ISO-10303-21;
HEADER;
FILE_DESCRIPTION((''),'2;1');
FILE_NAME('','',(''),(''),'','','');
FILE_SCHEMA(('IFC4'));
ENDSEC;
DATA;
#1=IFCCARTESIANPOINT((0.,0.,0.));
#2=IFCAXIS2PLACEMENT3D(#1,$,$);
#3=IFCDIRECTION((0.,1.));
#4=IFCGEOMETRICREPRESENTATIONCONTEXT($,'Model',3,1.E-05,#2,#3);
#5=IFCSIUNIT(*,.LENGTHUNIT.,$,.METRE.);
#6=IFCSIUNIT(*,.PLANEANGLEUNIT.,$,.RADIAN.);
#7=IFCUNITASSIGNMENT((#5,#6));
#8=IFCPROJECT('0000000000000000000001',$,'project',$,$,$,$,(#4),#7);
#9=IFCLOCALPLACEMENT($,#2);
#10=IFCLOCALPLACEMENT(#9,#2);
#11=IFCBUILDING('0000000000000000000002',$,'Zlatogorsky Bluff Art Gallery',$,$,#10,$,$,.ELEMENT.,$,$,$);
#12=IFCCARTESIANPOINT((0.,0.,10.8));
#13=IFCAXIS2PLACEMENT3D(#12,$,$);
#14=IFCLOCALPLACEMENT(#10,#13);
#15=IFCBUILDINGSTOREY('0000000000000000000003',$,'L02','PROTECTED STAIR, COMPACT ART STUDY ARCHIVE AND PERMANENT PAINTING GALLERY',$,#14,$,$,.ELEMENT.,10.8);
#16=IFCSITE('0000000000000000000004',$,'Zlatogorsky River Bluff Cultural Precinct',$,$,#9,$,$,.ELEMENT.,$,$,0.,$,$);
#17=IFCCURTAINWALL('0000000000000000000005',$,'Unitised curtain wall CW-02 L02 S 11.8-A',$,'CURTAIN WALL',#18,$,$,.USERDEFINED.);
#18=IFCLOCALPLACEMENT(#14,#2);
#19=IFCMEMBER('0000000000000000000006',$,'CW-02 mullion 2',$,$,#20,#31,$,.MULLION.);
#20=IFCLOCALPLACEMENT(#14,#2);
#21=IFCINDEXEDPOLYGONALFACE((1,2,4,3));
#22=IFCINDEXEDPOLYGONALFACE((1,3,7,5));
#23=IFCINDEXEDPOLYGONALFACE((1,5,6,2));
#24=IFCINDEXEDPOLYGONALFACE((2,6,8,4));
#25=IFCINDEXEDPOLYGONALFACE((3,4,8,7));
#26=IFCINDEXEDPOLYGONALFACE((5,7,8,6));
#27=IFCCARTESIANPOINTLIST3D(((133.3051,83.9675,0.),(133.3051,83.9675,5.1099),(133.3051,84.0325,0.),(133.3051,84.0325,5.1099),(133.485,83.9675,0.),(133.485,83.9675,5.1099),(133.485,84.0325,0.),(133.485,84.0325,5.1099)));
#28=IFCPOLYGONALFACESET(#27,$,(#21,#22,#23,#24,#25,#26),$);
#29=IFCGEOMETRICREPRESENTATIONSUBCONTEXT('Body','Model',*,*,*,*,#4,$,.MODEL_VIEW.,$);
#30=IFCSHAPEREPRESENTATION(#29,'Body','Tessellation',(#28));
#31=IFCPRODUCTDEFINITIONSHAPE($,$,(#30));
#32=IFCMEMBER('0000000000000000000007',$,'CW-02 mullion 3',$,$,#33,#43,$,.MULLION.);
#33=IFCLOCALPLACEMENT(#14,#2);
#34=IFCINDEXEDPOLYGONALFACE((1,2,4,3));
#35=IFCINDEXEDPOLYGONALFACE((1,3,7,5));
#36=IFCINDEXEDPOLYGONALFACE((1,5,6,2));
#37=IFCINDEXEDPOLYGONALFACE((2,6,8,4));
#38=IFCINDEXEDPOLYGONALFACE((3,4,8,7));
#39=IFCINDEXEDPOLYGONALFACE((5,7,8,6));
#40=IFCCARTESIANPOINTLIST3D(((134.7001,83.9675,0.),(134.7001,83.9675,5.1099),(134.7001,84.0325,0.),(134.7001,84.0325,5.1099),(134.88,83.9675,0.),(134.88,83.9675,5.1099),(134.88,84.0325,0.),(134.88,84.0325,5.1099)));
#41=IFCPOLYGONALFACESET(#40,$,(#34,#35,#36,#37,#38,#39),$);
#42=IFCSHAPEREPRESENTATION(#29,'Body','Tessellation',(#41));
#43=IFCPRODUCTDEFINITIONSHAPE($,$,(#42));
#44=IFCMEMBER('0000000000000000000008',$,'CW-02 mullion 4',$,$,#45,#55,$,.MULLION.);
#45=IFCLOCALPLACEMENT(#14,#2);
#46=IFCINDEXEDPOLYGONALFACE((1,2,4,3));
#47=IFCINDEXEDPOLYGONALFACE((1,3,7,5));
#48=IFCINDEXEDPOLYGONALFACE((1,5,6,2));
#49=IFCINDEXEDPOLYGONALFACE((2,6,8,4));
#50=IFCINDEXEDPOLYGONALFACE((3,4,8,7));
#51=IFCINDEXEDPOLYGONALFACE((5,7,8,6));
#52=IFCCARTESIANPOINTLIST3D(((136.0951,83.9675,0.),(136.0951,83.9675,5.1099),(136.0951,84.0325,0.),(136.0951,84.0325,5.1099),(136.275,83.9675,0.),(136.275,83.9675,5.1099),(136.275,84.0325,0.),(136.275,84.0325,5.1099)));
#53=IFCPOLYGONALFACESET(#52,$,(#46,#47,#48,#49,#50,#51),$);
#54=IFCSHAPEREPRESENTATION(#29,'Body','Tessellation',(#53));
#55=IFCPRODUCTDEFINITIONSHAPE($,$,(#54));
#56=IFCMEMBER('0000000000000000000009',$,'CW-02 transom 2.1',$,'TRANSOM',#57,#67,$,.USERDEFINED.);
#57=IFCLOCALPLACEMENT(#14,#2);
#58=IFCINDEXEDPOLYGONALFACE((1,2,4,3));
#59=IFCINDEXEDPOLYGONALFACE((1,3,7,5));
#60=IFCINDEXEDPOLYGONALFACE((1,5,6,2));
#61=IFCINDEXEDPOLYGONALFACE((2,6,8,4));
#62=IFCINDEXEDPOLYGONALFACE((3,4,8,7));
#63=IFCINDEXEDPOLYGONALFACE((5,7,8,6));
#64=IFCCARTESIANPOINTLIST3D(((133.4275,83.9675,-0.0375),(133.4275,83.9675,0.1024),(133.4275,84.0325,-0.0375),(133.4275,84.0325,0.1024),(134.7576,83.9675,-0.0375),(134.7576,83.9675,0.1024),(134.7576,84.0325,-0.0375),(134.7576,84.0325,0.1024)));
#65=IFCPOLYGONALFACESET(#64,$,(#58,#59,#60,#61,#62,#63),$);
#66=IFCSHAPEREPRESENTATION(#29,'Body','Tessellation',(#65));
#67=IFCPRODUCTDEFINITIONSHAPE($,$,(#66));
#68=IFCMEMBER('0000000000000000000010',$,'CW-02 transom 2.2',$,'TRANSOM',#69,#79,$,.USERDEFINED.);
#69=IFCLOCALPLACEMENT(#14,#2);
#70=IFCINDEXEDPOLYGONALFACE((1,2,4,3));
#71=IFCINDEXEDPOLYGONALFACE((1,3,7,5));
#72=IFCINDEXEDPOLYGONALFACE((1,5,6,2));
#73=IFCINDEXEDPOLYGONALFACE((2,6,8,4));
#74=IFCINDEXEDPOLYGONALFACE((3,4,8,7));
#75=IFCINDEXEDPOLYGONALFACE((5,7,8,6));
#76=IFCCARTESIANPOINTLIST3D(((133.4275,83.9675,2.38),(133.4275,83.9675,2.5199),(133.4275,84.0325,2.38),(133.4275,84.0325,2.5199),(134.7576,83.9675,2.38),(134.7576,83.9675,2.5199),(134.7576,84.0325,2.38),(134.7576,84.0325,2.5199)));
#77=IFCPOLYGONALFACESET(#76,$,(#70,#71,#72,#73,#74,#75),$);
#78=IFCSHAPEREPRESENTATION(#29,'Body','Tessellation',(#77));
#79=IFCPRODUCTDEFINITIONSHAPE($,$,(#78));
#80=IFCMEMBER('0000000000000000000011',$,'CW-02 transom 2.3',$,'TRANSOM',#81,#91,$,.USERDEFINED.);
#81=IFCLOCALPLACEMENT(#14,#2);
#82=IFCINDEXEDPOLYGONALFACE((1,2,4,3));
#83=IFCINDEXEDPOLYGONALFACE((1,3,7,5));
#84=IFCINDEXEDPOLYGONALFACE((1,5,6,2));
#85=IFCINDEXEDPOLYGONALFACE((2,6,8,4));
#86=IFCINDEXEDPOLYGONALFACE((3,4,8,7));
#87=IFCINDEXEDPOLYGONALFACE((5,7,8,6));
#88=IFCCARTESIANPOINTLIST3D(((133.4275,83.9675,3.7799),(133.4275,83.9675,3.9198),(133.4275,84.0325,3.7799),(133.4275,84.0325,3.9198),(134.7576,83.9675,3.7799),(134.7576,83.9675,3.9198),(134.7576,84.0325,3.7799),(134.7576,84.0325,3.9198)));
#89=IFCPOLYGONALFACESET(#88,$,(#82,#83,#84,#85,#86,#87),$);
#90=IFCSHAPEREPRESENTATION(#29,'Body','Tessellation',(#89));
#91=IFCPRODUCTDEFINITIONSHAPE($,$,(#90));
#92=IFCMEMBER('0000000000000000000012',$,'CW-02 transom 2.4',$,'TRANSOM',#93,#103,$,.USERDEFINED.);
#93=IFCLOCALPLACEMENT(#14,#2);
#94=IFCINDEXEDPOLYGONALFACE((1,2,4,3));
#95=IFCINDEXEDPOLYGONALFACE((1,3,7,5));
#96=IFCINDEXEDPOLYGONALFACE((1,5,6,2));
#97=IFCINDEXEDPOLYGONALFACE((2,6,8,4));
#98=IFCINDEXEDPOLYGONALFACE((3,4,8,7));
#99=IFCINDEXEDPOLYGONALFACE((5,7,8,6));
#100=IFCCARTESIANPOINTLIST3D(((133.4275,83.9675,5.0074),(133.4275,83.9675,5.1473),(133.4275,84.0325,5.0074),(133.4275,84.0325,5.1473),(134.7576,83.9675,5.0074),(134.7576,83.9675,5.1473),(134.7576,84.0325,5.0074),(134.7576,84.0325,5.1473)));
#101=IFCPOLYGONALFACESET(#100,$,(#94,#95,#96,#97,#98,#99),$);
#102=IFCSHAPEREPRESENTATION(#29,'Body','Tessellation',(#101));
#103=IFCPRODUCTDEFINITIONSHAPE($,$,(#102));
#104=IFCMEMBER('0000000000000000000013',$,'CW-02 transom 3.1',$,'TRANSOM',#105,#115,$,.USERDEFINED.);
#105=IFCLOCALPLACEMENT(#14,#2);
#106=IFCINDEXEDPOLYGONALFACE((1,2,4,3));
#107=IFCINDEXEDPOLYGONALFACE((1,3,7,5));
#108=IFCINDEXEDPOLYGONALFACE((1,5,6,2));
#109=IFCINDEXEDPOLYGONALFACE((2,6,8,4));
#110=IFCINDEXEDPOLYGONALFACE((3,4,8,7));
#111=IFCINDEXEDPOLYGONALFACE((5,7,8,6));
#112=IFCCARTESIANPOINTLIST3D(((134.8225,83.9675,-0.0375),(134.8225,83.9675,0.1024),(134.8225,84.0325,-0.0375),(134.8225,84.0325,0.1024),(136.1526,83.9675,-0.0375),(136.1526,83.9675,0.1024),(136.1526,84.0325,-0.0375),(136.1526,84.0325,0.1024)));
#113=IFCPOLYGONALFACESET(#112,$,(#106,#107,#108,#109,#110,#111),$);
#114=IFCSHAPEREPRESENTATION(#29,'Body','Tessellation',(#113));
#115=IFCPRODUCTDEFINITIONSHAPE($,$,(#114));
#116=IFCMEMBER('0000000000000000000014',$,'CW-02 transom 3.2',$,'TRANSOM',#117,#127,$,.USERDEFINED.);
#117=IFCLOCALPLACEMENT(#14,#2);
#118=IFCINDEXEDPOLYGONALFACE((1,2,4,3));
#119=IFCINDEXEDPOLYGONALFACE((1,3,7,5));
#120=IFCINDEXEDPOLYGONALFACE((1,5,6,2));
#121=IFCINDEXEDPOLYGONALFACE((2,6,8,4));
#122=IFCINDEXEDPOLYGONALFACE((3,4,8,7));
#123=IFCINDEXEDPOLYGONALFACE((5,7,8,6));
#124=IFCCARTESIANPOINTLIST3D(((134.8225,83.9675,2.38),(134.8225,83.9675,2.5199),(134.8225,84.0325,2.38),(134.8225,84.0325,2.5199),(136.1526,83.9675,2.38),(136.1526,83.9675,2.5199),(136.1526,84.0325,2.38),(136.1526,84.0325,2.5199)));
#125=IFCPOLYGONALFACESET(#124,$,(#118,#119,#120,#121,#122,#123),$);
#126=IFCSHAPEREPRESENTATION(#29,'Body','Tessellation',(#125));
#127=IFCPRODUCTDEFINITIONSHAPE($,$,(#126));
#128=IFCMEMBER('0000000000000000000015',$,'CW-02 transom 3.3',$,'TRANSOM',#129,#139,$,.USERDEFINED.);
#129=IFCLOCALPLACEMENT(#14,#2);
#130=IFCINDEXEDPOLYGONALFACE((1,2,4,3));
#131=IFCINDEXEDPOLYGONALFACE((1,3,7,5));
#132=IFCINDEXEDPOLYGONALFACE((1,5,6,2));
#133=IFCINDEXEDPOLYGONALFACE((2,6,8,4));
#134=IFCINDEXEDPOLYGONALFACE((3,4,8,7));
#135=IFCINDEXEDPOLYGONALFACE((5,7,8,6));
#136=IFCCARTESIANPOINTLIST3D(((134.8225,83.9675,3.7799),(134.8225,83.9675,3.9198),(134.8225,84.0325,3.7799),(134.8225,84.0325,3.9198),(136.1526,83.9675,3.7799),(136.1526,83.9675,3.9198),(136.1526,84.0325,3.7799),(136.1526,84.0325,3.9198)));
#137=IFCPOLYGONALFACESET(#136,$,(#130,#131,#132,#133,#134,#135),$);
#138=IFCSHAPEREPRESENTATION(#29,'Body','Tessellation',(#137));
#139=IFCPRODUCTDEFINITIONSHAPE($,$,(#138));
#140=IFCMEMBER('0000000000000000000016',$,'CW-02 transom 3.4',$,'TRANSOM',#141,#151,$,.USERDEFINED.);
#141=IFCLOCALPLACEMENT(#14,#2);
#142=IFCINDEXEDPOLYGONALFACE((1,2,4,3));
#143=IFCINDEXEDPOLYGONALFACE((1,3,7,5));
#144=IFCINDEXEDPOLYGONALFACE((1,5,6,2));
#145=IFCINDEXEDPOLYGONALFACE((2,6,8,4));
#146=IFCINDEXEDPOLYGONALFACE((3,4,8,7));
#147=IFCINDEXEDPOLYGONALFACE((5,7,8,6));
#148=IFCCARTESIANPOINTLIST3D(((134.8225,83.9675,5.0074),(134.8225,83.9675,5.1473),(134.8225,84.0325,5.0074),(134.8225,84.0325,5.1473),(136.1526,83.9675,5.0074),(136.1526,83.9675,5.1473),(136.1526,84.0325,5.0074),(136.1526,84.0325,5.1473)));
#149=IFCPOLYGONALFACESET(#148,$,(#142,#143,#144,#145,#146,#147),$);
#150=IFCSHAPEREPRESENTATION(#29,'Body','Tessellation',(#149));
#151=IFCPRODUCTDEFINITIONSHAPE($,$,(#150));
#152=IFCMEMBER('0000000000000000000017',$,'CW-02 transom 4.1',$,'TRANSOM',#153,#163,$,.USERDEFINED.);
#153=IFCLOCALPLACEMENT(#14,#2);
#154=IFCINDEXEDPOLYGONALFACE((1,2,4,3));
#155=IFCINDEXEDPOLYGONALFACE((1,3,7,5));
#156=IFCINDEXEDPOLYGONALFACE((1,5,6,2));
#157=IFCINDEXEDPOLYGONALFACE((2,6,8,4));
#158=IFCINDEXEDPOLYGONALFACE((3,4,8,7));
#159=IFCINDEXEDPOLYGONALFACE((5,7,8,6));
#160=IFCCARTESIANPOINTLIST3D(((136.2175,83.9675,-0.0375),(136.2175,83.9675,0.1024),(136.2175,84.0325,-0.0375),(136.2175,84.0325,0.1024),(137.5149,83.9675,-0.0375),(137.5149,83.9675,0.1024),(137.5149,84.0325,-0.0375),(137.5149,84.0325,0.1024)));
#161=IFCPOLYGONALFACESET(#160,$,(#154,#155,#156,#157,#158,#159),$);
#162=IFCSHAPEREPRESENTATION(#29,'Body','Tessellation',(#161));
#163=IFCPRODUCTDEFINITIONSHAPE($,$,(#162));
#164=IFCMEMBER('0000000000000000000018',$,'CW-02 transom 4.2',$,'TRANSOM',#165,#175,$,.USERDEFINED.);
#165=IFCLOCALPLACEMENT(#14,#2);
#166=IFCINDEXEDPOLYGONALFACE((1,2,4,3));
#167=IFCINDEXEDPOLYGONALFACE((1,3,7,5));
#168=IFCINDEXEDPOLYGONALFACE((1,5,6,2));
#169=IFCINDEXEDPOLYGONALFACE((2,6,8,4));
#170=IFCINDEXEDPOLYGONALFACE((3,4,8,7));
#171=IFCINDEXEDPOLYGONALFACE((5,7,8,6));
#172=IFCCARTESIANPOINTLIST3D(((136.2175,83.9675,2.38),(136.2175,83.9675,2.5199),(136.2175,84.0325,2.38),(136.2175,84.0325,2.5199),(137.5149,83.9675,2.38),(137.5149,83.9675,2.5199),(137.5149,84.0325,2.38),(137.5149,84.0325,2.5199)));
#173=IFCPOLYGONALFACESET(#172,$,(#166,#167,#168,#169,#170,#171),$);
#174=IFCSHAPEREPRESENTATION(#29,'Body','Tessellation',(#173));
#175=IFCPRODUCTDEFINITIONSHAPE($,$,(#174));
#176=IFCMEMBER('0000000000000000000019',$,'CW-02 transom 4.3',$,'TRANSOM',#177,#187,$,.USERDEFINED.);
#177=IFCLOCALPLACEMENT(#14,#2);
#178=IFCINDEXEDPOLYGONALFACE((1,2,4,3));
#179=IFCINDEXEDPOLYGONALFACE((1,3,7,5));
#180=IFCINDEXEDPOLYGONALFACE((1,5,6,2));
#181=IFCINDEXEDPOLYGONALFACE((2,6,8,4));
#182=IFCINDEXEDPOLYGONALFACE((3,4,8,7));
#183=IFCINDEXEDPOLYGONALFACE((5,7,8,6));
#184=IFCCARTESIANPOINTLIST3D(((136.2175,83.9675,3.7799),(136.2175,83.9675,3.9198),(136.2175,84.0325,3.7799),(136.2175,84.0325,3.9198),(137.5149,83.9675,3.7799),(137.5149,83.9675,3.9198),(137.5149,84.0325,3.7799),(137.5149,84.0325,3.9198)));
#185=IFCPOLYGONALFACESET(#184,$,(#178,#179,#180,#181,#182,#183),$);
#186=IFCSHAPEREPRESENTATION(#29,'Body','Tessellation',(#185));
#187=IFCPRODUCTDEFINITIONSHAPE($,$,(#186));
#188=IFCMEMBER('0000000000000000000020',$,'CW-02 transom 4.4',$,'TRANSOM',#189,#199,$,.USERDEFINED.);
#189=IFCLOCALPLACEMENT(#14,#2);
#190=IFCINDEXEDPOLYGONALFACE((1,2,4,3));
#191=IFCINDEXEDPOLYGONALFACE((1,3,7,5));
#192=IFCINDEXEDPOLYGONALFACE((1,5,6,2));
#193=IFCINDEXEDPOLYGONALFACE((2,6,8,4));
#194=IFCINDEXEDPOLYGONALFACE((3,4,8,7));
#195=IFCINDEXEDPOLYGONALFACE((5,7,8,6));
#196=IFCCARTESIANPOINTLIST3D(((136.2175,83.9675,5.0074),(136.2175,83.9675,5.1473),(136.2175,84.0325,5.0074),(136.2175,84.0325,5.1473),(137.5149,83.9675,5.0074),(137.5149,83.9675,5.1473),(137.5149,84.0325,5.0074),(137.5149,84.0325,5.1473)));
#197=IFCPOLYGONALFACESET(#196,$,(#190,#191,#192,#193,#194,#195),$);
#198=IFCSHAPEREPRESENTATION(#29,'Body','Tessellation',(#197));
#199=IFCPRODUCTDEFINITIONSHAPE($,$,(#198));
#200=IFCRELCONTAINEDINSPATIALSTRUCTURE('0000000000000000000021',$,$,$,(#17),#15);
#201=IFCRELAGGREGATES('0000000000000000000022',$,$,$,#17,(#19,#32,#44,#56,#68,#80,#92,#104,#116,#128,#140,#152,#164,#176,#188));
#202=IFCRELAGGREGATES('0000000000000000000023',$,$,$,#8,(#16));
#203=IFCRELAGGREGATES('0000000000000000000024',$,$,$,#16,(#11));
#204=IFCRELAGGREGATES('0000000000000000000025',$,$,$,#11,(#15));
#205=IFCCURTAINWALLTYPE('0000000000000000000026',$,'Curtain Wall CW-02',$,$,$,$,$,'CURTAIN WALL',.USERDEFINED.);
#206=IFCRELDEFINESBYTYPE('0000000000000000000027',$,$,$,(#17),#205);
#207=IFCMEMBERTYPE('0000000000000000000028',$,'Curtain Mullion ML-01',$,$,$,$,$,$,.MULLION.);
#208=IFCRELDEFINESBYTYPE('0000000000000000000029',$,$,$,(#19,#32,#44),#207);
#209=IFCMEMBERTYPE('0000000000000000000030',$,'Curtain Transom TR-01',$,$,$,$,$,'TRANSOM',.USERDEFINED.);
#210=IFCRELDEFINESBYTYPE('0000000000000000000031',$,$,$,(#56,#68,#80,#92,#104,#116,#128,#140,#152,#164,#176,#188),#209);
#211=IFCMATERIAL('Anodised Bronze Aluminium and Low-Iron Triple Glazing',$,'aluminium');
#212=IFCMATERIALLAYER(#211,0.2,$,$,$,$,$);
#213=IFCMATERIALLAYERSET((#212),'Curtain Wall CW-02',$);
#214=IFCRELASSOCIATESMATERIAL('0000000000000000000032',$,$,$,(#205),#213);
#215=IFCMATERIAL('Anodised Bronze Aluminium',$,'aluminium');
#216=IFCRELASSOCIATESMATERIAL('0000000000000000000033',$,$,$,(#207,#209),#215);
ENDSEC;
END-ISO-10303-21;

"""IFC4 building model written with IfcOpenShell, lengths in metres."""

from ifc_helpers import new_model, si_unit, direction, frame, origin, origin_2d, place, context, subcontext, project, spatial, rectangle, extrude, material, layer, layer_set, material_profile, profile_set, type_object, element, aggregate, save


model = new_model("IFC4")

# Units and contexts
model_context = context("Model", 3, precision=1e-05, world=origin(), true_north=direction((0.0, 1.0)))
body_context = subcontext(model_context, "Body", "Model", "MODEL_VIEW")
ifc_project = project(units=[si_unit("LENGTHUNIT", "METRE"), si_unit("PLANEANGLEUNIT", "RADIAN")], contexts=[model_context])

# Site, building, storey
site_placement = place(None, origin())
site = spatial("IfcSite", under=ifc_project, at=site_placement, Name="Zlatogorsky River Bluff Cultural Precinct", CompositionType="ELEMENT", RefElevation=0.0)
building_placement = place(site_placement, origin())
building = spatial("IfcBuilding", under=site, at=building_placement, Name="Zlatogorsky Bluff Art Gallery", CompositionType="ELEMENT")
storey_placement = place(building_placement, frame((0.0, 0.0, 10.8)))
storey = spatial("IfcBuildingStorey", under=building, at=storey_placement, Name="L02", Description="PROTECTED STAIR, COMPACT ART STUDY ARCHIVE AND PERMANENT PAINTING GALLERY", CompositionType="ELEMENT", Elevation=10.8)

# Curtain wall, members
ifc_material_1 = material(Name="Anodised Bronze Aluminium and Low-Iron Triple Glazing", Category="aluminium")
ifc_layer_1 = layer(ifc_material_1, 0.2)
ifc_layer_set_1 = layer_set([ifc_layer_1], Name="Curtain Wall CW-02")
curtain_wall_type = type_object("IfcCurtainWallType", Name="Curtain Wall CW-02", ElementType="CURTAIN WALL", PredefinedType="USERDEFINED", material=ifc_layer_set_1)
curtain_wall_placement = place(storey_placement, origin())
curtain_wall = element("IfcCurtainWall", 1, at=curtain_wall_placement, inside=storey, type_object=curtain_wall_type, Name="Unitised curtain wall CW-02 L02 S 11.8-A", ObjectType="CURTAIN WALL", PredefinedType="USERDEFINED")
ifc_material_2 = material(Name="Anodised Bronze Aluminium", Category="aluminium")
ifc_material_profile_1 = material_profile(ifc_material_2, rectangle(XDim=0.0649, YDim=0.1799, at=origin_2d()), Name="ALU MULLION 65x180")
ifc_profile_set_1 = profile_set([ifc_material_profile_1], Name="Anodised Bronze Aluminium")
member_type_1 = type_object("IfcMemberType", Name="Curtain Mullion ML-01", PredefinedType="MULLION", material=ifc_profile_set_1)
member_1_placement = place(storey_placement, frame((133.395, 84.0, 0.0), z_axis=(0.0, 0.0, 1.0), x_axis=(0.0, 1.0, 0.0)))
member_1 = element("IfcMember", 2, at=member_1_placement, type_object=member_type_1, Name="CW-02 mullion 2", PredefinedType="MULLION", context=body_context, shape_type="SweptSolid", body=[
    extrude(rectangle(XDim=0.0649, YDim=0.1799, at=origin_2d()), origin(), (0.0, 0.0, 1.0), 5.1099),
])
member_2_placement = place(storey_placement, frame((134.79, 84.0, 0.0), z_axis=(0.0, 0.0, 1.0), x_axis=(0.0, 1.0, 0.0)))
member_2 = element("IfcMember", 3, at=member_2_placement, type_object=member_type_1, Name="CW-02 mullion 3", PredefinedType="MULLION", context=body_context, shape_type="SweptSolid", body=[
    extrude(rectangle(XDim=0.0649, YDim=0.1799, at=origin_2d()), origin(), (0.0, 0.0, 1.0), 5.1099),
])
member_3_placement = place(storey_placement, frame((136.1851, 84.0, 0.0), z_axis=(0.0, 0.0, 1.0), x_axis=(0.0, 1.0, 0.0)))
member_3 = element("IfcMember", 4, at=member_3_placement, type_object=member_type_1, Name="CW-02 mullion 4", PredefinedType="MULLION", context=body_context, shape_type="SweptSolid", body=[
    extrude(rectangle(XDim=0.0649, YDim=0.1799, at=origin_2d()), origin(), (0.0, 0.0, 1.0), 5.1099),
])
ifc_material_profile_2 = material_profile(ifc_material_2, rectangle(XDim=0.0649, YDim=0.1399, at=origin_2d()), Name="ALU TRANSOM 65x140")
ifc_profile_set_2 = profile_set([ifc_material_profile_2], Name="Anodised Bronze Aluminium")
member_type_2 = type_object("IfcMemberType", Name="Curtain Transom TR-01", ElementType="TRANSOM", PredefinedType="USERDEFINED", material=ifc_profile_set_2)
member_4_placement = place(storey_placement, frame((133.4275, 84.0, 0.0325), z_axis=(1.0, 0.0, 0.0), x_axis=(0.0, 1.0, 0.0)))
member_4 = element("IfcMember", 5, at=member_4_placement, type_object=member_type_2, Name="CW-02 transom 2.1", ObjectType="TRANSOM", PredefinedType="USERDEFINED", context=body_context, shape_type="SweptSolid", body=[
    extrude(rectangle(XDim=0.0649, YDim=0.1399, at=origin_2d()), origin(), (0.0, 0.0, 1.0), 1.3301),
])
member_5_placement = place(storey_placement, frame((133.4275, 84.0, 2.45), z_axis=(1.0, 0.0, 0.0), x_axis=(0.0, 1.0, 0.0)))
member_5 = element("IfcMember", 6, at=member_5_placement, type_object=member_type_2, Name="CW-02 transom 2.2", ObjectType="TRANSOM", PredefinedType="USERDEFINED", context=body_context, shape_type="SweptSolid", body=[
    extrude(rectangle(XDim=0.0649, YDim=0.1399, at=origin_2d()), origin(), (0.0, 0.0, 1.0), 1.3301),
])
member_6_placement = place(storey_placement, frame((133.4275, 84.0, 3.8499), z_axis=(1.0, 0.0, 0.0), x_axis=(0.0, 1.0, 0.0)))
member_6 = element("IfcMember", 7, at=member_6_placement, type_object=member_type_2, Name="CW-02 transom 2.3", ObjectType="TRANSOM", PredefinedType="USERDEFINED", context=body_context, shape_type="SweptSolid", body=[
    extrude(rectangle(XDim=0.0649, YDim=0.1399, at=origin_2d()), origin(), (0.0, 0.0, 1.0), 1.3301),
])
member_7_placement = place(storey_placement, frame((133.4275, 84.0, 5.0774), z_axis=(1.0, 0.0, 0.0), x_axis=(0.0, 1.0, 0.0)))
member_7 = element("IfcMember", 8, at=member_7_placement, type_object=member_type_2, Name="CW-02 transom 2.4", ObjectType="TRANSOM", PredefinedType="USERDEFINED", context=body_context, shape_type="SweptSolid", body=[
    extrude(rectangle(XDim=0.0649, YDim=0.1399, at=origin_2d()), origin(), (0.0, 0.0, 1.0), 1.3301),
])
member_8_placement = place(storey_placement, frame((134.8225, 84.0, 0.0325), z_axis=(1.0, 0.0, 0.0), x_axis=(0.0, 1.0, 0.0)))
member_8 = element("IfcMember", 9, at=member_8_placement, type_object=member_type_2, Name="CW-02 transom 3.1", ObjectType="TRANSOM", PredefinedType="USERDEFINED", context=body_context, shape_type="SweptSolid", body=[
    extrude(rectangle(XDim=0.0649, YDim=0.1399, at=origin_2d()), origin(), (0.0, 0.0, 1.0), 1.3301),
])
member_9_placement = place(storey_placement, frame((134.8225, 84.0, 2.45), z_axis=(1.0, 0.0, 0.0), x_axis=(0.0, 1.0, 0.0)))
member_9 = element("IfcMember", 10, at=member_9_placement, type_object=member_type_2, Name="CW-02 transom 3.2", ObjectType="TRANSOM", PredefinedType="USERDEFINED", context=body_context, shape_type="SweptSolid", body=[
    extrude(rectangle(XDim=0.0649, YDim=0.1399, at=origin_2d()), origin(), (0.0, 0.0, 1.0), 1.3301),
])
member_10_placement = place(storey_placement, frame((134.8225, 84.0, 3.8499), z_axis=(1.0, 0.0, 0.0), x_axis=(0.0, 1.0, 0.0)))
member_10 = element("IfcMember", 11, at=member_10_placement, type_object=member_type_2, Name="CW-02 transom 3.3", ObjectType="TRANSOM", PredefinedType="USERDEFINED", context=body_context, shape_type="SweptSolid", body=[
    extrude(rectangle(XDim=0.0649, YDim=0.1399, at=origin_2d()), origin(), (0.0, 0.0, 1.0), 1.3301),
])
member_11_placement = place(storey_placement, frame((134.8225, 84.0, 5.0774), z_axis=(1.0, 0.0, 0.0), x_axis=(0.0, 1.0, 0.0)))
member_11 = element("IfcMember", 12, at=member_11_placement, type_object=member_type_2, Name="CW-02 transom 3.4", ObjectType="TRANSOM", PredefinedType="USERDEFINED", context=body_context, shape_type="SweptSolid", body=[
    extrude(rectangle(XDim=0.0649, YDim=0.1399, at=origin_2d()), origin(), (0.0, 0.0, 1.0), 1.3301),
])
member_12_placement = place(storey_placement, frame((136.2175, 84.0, 0.0325), z_axis=(1.0, 0.0, 0.0), x_axis=(0.0, 1.0, 0.0)))
member_12 = element("IfcMember", 13, at=member_12_placement, type_object=member_type_2, Name="CW-02 transom 4.1", ObjectType="TRANSOM", PredefinedType="USERDEFINED", context=body_context, shape_type="SweptSolid", body=[
    extrude(rectangle(XDim=0.0649, YDim=0.1399, at=origin_2d()), origin(), (0.0, 0.0, 1.0), 1.2974),
])
member_13_placement = place(storey_placement, frame((136.2175, 84.0, 2.45), z_axis=(1.0, 0.0, 0.0), x_axis=(0.0, 1.0, 0.0)))
member_13 = element("IfcMember", 14, at=member_13_placement, type_object=member_type_2, Name="CW-02 transom 4.2", ObjectType="TRANSOM", PredefinedType="USERDEFINED", context=body_context, shape_type="SweptSolid", body=[
    extrude(rectangle(XDim=0.0649, YDim=0.1399, at=origin_2d()), origin(), (0.0, 0.0, 1.0), 1.2974),
])
member_14_placement = place(storey_placement, frame((136.2175, 84.0, 3.8499), z_axis=(1.0, 0.0, 0.0), x_axis=(0.0, 1.0, 0.0)))
member_14 = element("IfcMember", 15, at=member_14_placement, type_object=member_type_2, Name="CW-02 transom 4.3", ObjectType="TRANSOM", PredefinedType="USERDEFINED", context=body_context, shape_type="SweptSolid", body=[
    extrude(rectangle(XDim=0.0649, YDim=0.1399, at=origin_2d()), origin(), (0.0, 0.0, 1.0), 1.2974),
])
member_15_placement = place(storey_placement, frame((136.2175, 84.0, 5.0774), z_axis=(1.0, 0.0, 0.0), x_axis=(0.0, 1.0, 0.0)))
member_15 = element("IfcMember", 16, at=member_15_placement, type_object=member_type_2, Name="CW-02 transom 4.4", ObjectType="TRANSOM", PredefinedType="USERDEFINED", context=body_context, shape_type="SweptSolid", body=[
    extrude(rectangle(XDim=0.0649, YDim=0.1399, at=origin_2d()), origin(), (0.0, 0.0, 1.0), 1.2974),
])
aggregate(curtain_wall, [member_1, member_2, member_3, member_4, member_5, member_6, member_7, member_8, member_9, member_10, member_11, member_12, member_13, member_14, member_15])

save(model, "model.ifc")
